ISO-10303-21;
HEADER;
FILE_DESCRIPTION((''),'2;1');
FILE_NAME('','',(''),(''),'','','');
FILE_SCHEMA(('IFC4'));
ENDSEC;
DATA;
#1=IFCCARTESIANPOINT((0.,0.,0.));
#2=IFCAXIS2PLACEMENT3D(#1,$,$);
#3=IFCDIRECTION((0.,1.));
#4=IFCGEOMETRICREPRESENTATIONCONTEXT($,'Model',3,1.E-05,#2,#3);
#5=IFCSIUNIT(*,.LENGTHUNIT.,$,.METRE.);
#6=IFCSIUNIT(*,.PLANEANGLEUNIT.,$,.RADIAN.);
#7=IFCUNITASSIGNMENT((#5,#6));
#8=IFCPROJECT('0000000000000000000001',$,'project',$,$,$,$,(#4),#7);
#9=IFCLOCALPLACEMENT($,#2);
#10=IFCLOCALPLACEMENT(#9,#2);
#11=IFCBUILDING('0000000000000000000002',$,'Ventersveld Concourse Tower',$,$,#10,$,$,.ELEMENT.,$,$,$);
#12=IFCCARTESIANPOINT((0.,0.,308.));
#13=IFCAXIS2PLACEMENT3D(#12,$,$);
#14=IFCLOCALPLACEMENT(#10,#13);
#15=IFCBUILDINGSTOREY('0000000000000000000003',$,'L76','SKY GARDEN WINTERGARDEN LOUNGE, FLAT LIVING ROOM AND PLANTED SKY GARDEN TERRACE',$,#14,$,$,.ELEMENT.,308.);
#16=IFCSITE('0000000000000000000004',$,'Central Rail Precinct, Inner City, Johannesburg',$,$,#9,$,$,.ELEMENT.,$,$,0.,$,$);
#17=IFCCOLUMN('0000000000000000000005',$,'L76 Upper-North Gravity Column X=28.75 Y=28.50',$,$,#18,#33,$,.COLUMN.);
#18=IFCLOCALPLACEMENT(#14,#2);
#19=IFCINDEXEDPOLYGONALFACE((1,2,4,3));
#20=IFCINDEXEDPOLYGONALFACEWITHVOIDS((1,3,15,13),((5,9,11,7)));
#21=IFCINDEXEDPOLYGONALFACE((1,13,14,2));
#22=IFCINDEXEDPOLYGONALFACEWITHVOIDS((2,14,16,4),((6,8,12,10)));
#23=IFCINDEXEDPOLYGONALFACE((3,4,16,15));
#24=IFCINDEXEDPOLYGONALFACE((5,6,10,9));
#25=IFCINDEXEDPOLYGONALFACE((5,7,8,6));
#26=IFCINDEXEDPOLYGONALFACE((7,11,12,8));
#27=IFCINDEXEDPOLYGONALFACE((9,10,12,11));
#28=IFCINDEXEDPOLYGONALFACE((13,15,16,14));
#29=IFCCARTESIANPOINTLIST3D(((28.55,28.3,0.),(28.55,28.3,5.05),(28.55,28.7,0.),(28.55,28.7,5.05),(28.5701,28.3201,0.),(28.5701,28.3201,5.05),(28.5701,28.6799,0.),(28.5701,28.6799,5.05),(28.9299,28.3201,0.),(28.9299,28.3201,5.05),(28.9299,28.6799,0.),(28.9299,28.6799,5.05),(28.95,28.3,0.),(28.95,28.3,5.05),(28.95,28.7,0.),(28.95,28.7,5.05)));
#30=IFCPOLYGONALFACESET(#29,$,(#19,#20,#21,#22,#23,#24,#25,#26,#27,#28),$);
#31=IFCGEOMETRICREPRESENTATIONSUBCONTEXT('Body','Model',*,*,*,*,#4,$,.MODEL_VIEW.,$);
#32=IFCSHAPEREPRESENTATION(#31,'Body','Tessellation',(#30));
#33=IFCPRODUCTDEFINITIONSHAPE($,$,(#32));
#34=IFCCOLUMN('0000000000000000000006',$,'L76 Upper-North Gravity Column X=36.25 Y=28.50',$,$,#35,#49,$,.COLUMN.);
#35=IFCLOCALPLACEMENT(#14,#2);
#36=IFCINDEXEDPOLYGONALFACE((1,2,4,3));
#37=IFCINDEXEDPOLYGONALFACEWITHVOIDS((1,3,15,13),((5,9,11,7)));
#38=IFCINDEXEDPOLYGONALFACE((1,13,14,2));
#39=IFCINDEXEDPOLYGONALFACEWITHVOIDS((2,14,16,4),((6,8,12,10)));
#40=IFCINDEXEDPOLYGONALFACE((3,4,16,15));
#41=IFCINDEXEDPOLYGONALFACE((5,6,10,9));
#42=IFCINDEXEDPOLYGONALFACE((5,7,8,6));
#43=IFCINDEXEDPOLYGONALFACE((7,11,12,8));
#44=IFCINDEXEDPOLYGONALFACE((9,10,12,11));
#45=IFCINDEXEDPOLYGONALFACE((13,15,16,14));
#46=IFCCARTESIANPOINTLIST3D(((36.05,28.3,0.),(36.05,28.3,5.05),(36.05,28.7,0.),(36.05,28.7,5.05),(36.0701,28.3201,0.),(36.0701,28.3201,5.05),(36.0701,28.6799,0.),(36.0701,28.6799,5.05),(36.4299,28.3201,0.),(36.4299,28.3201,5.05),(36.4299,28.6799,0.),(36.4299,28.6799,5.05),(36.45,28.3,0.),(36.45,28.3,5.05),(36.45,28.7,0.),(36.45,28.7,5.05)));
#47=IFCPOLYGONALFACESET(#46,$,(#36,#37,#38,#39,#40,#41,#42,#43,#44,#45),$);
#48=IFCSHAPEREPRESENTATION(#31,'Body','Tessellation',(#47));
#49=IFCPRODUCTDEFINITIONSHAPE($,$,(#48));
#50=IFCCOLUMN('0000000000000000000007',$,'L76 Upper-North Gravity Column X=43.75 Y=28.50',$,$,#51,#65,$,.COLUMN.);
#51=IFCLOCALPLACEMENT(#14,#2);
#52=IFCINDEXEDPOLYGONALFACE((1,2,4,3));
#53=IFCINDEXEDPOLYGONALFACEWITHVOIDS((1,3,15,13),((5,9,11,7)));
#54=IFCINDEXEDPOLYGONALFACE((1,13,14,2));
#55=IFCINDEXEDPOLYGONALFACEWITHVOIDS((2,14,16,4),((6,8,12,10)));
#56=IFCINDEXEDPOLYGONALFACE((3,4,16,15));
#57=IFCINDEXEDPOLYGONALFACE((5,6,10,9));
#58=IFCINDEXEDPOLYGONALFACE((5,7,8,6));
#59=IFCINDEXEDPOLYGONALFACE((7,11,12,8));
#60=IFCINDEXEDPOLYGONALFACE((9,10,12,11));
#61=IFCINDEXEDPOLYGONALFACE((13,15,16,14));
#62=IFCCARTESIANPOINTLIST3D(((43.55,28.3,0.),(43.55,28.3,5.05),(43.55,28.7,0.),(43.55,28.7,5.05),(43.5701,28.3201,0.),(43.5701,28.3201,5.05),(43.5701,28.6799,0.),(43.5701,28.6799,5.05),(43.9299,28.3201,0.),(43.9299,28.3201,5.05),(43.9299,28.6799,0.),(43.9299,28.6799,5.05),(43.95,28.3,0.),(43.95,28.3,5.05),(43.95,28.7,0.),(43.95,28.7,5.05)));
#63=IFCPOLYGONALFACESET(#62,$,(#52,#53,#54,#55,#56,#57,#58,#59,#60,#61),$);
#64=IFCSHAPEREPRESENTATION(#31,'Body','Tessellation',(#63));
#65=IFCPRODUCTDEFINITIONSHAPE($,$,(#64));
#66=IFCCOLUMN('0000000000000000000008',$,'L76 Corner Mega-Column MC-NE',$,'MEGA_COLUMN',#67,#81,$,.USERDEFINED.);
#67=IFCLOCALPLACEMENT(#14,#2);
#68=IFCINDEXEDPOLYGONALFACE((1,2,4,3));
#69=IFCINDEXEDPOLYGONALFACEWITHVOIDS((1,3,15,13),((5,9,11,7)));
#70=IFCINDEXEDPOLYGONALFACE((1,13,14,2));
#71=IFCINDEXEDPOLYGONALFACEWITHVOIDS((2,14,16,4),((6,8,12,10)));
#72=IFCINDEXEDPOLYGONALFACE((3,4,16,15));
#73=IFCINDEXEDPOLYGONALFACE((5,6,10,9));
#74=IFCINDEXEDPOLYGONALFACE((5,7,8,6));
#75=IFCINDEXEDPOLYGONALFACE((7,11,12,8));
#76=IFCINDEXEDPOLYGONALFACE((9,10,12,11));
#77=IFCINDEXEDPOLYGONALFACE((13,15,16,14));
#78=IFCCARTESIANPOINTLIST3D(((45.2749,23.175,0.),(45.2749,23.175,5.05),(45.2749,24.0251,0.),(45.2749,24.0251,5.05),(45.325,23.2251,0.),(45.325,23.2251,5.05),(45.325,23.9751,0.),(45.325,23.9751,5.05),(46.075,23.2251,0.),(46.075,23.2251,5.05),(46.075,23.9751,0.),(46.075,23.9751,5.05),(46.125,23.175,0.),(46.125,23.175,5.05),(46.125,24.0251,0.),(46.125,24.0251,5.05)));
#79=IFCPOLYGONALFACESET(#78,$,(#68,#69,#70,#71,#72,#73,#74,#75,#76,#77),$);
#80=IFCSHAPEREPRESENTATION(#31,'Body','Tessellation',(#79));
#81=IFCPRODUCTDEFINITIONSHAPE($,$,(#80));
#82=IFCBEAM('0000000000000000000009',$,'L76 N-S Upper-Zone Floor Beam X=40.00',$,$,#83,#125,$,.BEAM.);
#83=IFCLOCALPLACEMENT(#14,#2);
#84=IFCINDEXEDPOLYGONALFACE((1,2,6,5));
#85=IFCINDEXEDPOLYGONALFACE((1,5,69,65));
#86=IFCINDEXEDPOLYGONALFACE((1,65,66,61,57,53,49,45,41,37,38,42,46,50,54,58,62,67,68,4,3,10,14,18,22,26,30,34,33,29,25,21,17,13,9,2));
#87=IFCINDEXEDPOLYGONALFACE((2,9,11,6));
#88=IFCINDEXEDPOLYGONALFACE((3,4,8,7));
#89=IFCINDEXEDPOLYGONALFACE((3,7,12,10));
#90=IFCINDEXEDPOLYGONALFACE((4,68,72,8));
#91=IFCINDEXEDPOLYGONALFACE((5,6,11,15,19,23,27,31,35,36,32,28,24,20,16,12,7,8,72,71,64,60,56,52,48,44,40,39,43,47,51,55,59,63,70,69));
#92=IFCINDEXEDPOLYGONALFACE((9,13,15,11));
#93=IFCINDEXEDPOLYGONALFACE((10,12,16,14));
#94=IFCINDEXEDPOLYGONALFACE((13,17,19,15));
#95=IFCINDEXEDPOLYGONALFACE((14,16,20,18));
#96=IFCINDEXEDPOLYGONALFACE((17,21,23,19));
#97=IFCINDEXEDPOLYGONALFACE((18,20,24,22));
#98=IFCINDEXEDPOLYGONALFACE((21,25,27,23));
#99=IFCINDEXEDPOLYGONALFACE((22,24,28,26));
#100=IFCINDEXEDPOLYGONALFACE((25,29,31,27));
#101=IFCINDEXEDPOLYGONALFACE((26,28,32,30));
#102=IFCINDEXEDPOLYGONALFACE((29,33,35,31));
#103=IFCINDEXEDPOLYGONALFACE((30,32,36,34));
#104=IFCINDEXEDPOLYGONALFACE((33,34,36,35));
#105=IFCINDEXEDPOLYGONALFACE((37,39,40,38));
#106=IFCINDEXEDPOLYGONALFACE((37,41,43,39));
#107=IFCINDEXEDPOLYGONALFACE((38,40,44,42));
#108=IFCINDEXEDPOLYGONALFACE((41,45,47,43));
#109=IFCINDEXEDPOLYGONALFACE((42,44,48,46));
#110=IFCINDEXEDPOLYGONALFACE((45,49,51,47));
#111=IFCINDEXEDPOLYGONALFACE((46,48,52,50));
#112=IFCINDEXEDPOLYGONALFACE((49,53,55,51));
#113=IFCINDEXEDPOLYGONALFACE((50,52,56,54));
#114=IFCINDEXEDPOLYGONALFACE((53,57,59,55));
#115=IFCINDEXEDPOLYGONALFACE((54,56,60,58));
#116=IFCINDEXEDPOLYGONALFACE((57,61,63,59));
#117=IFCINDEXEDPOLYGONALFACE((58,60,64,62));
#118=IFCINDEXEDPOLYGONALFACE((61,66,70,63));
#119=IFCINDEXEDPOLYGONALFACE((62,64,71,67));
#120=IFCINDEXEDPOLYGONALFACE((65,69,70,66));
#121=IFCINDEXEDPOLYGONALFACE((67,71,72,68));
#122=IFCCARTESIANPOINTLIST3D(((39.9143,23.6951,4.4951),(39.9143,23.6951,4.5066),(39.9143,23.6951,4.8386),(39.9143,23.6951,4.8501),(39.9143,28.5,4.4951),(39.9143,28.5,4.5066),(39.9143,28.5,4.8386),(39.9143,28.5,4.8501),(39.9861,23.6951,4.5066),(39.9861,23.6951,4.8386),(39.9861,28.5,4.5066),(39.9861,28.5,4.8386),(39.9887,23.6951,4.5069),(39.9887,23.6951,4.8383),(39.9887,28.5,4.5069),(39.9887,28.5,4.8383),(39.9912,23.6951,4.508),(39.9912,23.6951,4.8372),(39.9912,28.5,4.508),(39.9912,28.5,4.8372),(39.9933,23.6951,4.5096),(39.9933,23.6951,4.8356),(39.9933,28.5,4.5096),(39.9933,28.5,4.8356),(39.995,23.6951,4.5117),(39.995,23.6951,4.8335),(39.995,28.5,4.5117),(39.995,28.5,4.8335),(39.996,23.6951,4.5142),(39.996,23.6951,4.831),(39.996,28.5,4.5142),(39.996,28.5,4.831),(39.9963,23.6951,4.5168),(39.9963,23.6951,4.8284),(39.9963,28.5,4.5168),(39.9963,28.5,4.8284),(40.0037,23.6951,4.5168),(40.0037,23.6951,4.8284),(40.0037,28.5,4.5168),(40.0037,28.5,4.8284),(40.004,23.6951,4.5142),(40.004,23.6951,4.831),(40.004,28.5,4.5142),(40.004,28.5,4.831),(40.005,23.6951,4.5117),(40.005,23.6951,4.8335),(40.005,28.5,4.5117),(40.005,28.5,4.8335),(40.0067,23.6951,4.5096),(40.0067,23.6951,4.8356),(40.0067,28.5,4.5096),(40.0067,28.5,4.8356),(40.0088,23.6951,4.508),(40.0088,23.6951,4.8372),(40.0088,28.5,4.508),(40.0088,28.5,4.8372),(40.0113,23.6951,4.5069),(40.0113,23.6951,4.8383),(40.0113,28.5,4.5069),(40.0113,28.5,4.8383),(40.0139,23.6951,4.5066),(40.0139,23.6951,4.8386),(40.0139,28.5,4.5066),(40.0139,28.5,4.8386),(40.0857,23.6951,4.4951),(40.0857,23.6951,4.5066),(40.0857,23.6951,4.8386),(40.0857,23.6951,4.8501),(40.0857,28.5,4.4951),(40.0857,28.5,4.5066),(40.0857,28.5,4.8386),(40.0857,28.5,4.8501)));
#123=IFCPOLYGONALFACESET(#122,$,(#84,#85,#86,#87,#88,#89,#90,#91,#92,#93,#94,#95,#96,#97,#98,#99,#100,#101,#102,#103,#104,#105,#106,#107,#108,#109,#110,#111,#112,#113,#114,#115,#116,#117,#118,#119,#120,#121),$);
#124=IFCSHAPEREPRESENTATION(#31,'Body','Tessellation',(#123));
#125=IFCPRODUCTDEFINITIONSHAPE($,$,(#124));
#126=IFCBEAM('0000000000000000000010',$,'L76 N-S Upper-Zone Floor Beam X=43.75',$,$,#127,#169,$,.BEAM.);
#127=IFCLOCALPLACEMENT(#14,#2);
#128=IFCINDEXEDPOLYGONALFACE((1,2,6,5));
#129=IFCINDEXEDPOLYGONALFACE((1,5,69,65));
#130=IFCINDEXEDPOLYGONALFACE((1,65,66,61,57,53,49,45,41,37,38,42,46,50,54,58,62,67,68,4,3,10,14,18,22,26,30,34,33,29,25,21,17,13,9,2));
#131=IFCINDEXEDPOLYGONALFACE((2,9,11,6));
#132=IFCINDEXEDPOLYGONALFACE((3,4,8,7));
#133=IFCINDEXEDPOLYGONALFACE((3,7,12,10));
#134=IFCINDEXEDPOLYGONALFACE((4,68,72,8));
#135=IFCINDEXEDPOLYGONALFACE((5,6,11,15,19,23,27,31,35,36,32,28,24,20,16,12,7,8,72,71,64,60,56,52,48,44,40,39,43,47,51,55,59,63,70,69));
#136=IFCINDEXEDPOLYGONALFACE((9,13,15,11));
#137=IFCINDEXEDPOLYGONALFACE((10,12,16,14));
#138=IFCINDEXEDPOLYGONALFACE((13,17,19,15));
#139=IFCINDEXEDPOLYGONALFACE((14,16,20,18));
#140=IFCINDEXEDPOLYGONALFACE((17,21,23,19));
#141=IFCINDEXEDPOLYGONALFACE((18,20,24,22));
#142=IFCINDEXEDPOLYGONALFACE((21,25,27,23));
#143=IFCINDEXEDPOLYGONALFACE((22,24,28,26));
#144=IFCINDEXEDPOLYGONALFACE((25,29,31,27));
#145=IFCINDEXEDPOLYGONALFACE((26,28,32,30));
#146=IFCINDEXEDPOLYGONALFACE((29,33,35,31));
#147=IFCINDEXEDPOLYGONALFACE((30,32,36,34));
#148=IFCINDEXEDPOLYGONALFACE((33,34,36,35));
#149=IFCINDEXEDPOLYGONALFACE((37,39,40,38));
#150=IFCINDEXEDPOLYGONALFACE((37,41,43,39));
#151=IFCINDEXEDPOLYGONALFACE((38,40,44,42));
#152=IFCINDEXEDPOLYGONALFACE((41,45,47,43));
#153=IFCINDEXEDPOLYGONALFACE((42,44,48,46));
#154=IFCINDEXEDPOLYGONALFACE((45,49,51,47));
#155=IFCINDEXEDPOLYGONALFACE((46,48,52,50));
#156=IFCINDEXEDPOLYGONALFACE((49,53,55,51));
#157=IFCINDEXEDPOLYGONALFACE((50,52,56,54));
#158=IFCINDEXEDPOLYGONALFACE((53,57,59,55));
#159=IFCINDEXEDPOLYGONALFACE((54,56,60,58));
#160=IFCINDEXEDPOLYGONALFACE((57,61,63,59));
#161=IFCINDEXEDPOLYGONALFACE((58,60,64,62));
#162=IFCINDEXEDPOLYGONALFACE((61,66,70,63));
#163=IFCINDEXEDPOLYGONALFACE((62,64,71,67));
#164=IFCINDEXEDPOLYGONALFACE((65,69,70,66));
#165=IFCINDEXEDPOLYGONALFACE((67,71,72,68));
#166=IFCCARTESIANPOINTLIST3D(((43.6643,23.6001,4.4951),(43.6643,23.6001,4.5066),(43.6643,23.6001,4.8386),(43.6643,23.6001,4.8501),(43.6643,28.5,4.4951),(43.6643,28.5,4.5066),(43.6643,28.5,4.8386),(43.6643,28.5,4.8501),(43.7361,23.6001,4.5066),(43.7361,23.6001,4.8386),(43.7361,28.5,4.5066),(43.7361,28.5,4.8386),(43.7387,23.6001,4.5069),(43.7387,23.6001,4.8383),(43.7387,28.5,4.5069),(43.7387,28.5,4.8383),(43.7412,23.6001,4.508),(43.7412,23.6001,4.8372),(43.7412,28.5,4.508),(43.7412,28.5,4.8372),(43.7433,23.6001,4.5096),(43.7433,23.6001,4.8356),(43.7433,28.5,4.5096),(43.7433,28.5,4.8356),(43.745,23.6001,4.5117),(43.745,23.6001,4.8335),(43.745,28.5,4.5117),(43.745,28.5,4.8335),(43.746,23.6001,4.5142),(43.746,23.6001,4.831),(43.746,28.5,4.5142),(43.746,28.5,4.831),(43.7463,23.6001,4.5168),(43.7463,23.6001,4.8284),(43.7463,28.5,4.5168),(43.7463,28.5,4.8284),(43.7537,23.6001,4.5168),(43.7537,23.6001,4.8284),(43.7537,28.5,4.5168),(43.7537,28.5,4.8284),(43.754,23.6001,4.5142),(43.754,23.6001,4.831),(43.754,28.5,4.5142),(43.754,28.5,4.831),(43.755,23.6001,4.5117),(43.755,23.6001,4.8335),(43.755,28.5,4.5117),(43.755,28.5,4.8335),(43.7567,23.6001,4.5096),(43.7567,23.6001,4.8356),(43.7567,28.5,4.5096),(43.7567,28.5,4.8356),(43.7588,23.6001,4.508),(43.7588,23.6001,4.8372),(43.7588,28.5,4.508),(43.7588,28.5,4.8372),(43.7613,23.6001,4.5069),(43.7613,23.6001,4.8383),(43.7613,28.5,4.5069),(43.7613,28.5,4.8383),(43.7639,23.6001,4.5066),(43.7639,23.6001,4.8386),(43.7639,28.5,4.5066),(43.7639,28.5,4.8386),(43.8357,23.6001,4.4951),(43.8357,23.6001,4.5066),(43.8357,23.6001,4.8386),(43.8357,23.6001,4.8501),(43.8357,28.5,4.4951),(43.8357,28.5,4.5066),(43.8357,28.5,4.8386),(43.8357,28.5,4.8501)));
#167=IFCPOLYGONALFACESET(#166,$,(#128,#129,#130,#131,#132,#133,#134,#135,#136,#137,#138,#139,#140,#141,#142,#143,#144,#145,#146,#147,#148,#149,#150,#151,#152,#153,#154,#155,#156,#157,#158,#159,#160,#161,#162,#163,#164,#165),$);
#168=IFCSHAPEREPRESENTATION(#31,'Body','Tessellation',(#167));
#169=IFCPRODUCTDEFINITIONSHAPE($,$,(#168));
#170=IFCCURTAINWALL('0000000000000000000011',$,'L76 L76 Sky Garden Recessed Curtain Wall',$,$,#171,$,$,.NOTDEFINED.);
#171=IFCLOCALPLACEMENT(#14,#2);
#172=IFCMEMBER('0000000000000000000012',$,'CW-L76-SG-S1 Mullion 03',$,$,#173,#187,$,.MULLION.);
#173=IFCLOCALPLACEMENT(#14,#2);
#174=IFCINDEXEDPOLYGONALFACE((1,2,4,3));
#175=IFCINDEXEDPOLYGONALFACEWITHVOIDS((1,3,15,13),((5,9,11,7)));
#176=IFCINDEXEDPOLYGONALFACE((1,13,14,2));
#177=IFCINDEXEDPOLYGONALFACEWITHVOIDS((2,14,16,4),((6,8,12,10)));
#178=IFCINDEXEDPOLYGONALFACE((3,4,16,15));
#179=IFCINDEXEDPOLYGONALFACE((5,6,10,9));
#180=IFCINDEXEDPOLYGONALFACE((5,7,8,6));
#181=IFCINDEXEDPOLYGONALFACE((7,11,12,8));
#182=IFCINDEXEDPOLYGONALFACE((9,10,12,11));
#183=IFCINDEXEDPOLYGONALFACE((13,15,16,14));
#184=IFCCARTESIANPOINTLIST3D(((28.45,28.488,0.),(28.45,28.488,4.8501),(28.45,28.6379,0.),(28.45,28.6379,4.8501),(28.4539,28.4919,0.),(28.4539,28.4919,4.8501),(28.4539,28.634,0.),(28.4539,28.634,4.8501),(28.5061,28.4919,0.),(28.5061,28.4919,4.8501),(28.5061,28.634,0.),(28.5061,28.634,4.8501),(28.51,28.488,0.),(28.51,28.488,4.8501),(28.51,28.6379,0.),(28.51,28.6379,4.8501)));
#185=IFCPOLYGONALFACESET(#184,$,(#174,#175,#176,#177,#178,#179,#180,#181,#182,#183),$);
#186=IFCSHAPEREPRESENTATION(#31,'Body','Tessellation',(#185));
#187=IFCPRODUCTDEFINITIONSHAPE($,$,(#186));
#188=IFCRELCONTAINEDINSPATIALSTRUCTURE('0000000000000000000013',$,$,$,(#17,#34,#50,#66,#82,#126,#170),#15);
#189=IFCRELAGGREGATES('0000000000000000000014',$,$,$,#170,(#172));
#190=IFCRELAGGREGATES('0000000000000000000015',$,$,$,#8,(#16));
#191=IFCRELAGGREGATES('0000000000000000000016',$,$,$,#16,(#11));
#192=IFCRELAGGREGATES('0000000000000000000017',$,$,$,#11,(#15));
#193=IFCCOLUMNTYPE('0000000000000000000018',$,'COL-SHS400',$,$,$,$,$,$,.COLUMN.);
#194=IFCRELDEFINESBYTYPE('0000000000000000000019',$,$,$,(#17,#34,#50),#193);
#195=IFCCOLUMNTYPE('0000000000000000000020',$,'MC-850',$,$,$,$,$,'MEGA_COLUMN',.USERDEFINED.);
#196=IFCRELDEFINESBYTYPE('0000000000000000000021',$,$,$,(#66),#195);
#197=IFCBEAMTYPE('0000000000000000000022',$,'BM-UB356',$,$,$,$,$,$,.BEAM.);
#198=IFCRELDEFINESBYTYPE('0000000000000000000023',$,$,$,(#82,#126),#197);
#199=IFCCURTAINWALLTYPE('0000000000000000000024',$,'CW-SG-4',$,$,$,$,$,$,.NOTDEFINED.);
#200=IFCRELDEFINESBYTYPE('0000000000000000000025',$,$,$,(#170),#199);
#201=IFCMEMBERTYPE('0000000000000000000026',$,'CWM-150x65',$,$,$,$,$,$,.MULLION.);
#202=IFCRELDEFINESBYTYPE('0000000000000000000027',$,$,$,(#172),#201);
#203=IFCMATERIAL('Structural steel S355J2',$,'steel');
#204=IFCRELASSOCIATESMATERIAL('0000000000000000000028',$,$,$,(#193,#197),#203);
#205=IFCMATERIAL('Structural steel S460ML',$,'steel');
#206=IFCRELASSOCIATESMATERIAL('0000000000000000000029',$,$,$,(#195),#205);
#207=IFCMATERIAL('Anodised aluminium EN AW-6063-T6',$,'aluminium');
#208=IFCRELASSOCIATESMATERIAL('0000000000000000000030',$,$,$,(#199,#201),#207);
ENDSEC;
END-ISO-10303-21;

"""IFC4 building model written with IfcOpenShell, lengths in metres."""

from ifc_helpers import new_model, si_unit, direction, frame, origin, origin_2d, place, context, subcontext, project, spatial, hollow_rectangle, i_section, extrude, material, material_profile, profile_set, type_object, element, aggregate, save


model = new_model("IFC4")

# Units and contexts
model_context = context("Model", 3, precision=1e-05, world=origin(), true_north=direction((0.0, 1.0)))
body_context = subcontext(model_context, "Body", "Model", "MODEL_VIEW")
ifc_project = project(units=[si_unit("LENGTHUNIT", "METRE"), si_unit("PLANEANGLEUNIT", "RADIAN")], contexts=[model_context])

# Site, building, storey
site_placement = place(None, origin())
site = spatial("IfcSite", under=ifc_project, at=site_placement, Name="Central Rail Precinct, Inner City, Johannesburg", CompositionType="ELEMENT", RefElevation=0.0)
building_placement = place(site_placement, origin())
building = spatial("IfcBuilding", under=site, at=building_placement, Name="Ventersveld Concourse Tower", CompositionType="ELEMENT")
storey_placement = place(building_placement, frame((0.0, 0.0, 308.0)))
storey = spatial("IfcBuildingStorey", under=building, at=storey_placement, Name="L76", Description="SKY GARDEN WINTERGARDEN LOUNGE, FLAT LIVING ROOM AND PLANTED SKY GARDEN TERRACE", CompositionType="ELEMENT", Elevation=308.0)

# Columns
ifc_material_1 = material(Name="Structural steel S355J2", Category="steel")
ifc_material_profile_1 = material_profile(ifc_material_1, hollow_rectangle(XDim=0.3999, YDim=0.3999, WallThickness=0.02, at=origin_2d()), Name="SHS 400x400x20")
ifc_profile_set_1 = profile_set([ifc_material_profile_1], Name="Structural steel S355J2")
column_type_1 = type_object("IfcColumnType", Name="COL-SHS400", PredefinedType="COLUMN", material=ifc_profile_set_1)
for number, where, z_axis, x_axis, name in (
    (1, (28.75, 28.5, 0.0), (0.0, 0.0, 1.0), (1.0, 0.0, 0.0), "L76 Upper-North Gravity Column X=28.75 Y=28.50"),
    (2, (36.25, 28.5, 0.0), (0.0, 0.0, 1.0), (1.0, 0.0, 0.0), "L76 Upper-North Gravity Column X=36.25 Y=28.50"),
    (3, (43.75, 28.5, 0.0), (0.0, 0.0, 1.0), (1.0, 0.0, 0.0), "L76 Upper-North Gravity Column X=43.75 Y=28.50"),
):
    element("IfcColumn", number, at=place(storey_placement, frame(where, z_axis=z_axis, x_axis=x_axis)), inside=storey, type_object=column_type_1, Name=name, PredefinedType="COLUMN", context=body_context, shape_type="SweptSolid", body=[
        extrude(hollow_rectangle(XDim=0.3999, YDim=0.3999, WallThickness=0.02, at=origin_2d()), origin(), (0.0, 0.0, 1.0), 5.05),
    ])
ifc_material_2 = material(Name="Structural steel S460ML", Category="steel")
ifc_material_profile_2 = material_profile(ifc_material_2, hollow_rectangle(XDim=0.8501, YDim=0.8501, WallThickness=0.05, at=origin_2d()), Name="BOX 850x850x50")
ifc_profile_set_2 = profile_set([ifc_material_profile_2], Name="Structural steel S460ML")
column_type_2 = type_object("IfcColumnType", Name="MC-850", ElementType="MEGA_COLUMN", PredefinedType="USERDEFINED", material=ifc_profile_set_2)
column_placement = place(storey_placement, frame((45.7, 23.6001, 0.0), z_axis=(0.0, 0.0, 1.0), x_axis=(1.0, 0.0, 0.0)))
element("IfcColumn", 4, at=column_placement, inside=storey, type_object=column_type_2, Name="L76 Corner Mega-Column MC-NE", ObjectType="MEGA_COLUMN", PredefinedType="USERDEFINED", context=body_context, shape_type="SweptSolid", body=[
    extrude(hollow_rectangle(XDim=0.8501, YDim=0.8501, WallThickness=0.05, at=origin_2d()), origin(), (0.0, 0.0, 1.0), 5.05),
])

# Beams
ifc_material_profile_3 = material_profile(ifc_material_1, i_section(OverallWidth=0.1714, OverallDepth=0.355, WebThickness=0.0073, FlangeThickness=0.0115, FilletRadius=0.0103, at=origin_2d()), Name="UB 356x171x51")
ifc_profile_set_3 = profile_set([ifc_material_profile_3], Name="Structural steel S355J2")
beam_type_1 = type_object("IfcBeamType", Name="BM-UB356", PredefinedType="BEAM", material=ifc_profile_set_3)
beam_1_placement = place(storey_placement, frame((40.0, 23.6951, 4.6726), z_axis=(0.0, 1.0, 0.0), x_axis=(-1.0, 0.0, 0.0)))
element("IfcBeam", 5, at=beam_1_placement, inside=storey, type_object=beam_type_1, Name="L76 N-S Upper-Zone Floor Beam X=40.00", PredefinedType="BEAM", context=body_context, shape_type="SweptSolid", body=[
    extrude(i_section(OverallWidth=0.1714, OverallDepth=0.355, WebThickness=0.0073, FlangeThickness=0.0115, FilletRadius=0.0103, at=origin_2d()), origin(), (0.0, 0.0, 1.0), 4.8049),
])
beam_2_placement = place(storey_placement, frame((43.75, 23.6001, 4.6726), z_axis=(0.0, 1.0, 0.0), x_axis=(-1.0, 0.0, 0.0)))
element("IfcBeam", 6, at=beam_2_placement, inside=storey, type_object=beam_type_1, Name="L76 N-S Upper-Zone Floor Beam X=43.75", PredefinedType="BEAM", context=body_context, shape_type="SweptSolid", body=[
    extrude(i_section(OverallWidth=0.1714, OverallDepth=0.355, WebThickness=0.0073, FlangeThickness=0.0115, FilletRadius=0.0103, at=origin_2d()), origin(), (0.0, 0.0, 1.0), 4.8999),
])

# Curtain wall, member
ifc_material_3 = material(Name="Anodised aluminium EN AW-6063-T6", Category="aluminium")
curtain_wall_type = type_object("IfcCurtainWallType", Name="CW-SG-4", PredefinedType="NOTDEFINED", material=ifc_material_3)
curtain_wall_1_placement = place(storey_placement, origin())
curtain_wall_1 = element("IfcCurtainWall", 7, at=curtain_wall_1_placement, inside=storey, type_object=curtain_wall_type, Name="L76 L76 Sky Garden Recessed Curtain Wall", PredefinedType="NOTDEFINED")
ifc_material_profile_4 = material_profile(ifc_material_3, hollow_rectangle(XDim=0.0601, YDim=0.1499, WallThickness=0.0039, at=origin_2d()), Name="ALU 150x60x4")
ifc_profile_set_4 = profile_set([ifc_material_profile_4], Name="Anodised aluminium EN AW-6063-T6")
member_type_1 = type_object("IfcMemberType", Name="CWM-150x65", PredefinedType="MULLION", material=ifc_profile_set_4)
member_1_placement = place(storey_placement, frame((28.48, 28.563, 0.0), z_axis=(0.0, 0.0, 1.0), x_axis=(1.0, 0.0, 0.0)))
member_1 = element("IfcMember", 8, at=member_1_placement, type_object=member_type_1, Name="CW-L76-SG-S1 Mullion 03", PredefinedType="MULLION", context=body_context, shape_type="SweptSolid", body=[
    extrude(hollow_rectangle(XDim=0.0601, YDim=0.1499, WallThickness=0.0039, at=origin_2d()), origin(), (0.0, 0.0, 1.0), 4.8501),
])

aggregate(curtain_wall_1, [member_1])

save(model, "model.ifc")
